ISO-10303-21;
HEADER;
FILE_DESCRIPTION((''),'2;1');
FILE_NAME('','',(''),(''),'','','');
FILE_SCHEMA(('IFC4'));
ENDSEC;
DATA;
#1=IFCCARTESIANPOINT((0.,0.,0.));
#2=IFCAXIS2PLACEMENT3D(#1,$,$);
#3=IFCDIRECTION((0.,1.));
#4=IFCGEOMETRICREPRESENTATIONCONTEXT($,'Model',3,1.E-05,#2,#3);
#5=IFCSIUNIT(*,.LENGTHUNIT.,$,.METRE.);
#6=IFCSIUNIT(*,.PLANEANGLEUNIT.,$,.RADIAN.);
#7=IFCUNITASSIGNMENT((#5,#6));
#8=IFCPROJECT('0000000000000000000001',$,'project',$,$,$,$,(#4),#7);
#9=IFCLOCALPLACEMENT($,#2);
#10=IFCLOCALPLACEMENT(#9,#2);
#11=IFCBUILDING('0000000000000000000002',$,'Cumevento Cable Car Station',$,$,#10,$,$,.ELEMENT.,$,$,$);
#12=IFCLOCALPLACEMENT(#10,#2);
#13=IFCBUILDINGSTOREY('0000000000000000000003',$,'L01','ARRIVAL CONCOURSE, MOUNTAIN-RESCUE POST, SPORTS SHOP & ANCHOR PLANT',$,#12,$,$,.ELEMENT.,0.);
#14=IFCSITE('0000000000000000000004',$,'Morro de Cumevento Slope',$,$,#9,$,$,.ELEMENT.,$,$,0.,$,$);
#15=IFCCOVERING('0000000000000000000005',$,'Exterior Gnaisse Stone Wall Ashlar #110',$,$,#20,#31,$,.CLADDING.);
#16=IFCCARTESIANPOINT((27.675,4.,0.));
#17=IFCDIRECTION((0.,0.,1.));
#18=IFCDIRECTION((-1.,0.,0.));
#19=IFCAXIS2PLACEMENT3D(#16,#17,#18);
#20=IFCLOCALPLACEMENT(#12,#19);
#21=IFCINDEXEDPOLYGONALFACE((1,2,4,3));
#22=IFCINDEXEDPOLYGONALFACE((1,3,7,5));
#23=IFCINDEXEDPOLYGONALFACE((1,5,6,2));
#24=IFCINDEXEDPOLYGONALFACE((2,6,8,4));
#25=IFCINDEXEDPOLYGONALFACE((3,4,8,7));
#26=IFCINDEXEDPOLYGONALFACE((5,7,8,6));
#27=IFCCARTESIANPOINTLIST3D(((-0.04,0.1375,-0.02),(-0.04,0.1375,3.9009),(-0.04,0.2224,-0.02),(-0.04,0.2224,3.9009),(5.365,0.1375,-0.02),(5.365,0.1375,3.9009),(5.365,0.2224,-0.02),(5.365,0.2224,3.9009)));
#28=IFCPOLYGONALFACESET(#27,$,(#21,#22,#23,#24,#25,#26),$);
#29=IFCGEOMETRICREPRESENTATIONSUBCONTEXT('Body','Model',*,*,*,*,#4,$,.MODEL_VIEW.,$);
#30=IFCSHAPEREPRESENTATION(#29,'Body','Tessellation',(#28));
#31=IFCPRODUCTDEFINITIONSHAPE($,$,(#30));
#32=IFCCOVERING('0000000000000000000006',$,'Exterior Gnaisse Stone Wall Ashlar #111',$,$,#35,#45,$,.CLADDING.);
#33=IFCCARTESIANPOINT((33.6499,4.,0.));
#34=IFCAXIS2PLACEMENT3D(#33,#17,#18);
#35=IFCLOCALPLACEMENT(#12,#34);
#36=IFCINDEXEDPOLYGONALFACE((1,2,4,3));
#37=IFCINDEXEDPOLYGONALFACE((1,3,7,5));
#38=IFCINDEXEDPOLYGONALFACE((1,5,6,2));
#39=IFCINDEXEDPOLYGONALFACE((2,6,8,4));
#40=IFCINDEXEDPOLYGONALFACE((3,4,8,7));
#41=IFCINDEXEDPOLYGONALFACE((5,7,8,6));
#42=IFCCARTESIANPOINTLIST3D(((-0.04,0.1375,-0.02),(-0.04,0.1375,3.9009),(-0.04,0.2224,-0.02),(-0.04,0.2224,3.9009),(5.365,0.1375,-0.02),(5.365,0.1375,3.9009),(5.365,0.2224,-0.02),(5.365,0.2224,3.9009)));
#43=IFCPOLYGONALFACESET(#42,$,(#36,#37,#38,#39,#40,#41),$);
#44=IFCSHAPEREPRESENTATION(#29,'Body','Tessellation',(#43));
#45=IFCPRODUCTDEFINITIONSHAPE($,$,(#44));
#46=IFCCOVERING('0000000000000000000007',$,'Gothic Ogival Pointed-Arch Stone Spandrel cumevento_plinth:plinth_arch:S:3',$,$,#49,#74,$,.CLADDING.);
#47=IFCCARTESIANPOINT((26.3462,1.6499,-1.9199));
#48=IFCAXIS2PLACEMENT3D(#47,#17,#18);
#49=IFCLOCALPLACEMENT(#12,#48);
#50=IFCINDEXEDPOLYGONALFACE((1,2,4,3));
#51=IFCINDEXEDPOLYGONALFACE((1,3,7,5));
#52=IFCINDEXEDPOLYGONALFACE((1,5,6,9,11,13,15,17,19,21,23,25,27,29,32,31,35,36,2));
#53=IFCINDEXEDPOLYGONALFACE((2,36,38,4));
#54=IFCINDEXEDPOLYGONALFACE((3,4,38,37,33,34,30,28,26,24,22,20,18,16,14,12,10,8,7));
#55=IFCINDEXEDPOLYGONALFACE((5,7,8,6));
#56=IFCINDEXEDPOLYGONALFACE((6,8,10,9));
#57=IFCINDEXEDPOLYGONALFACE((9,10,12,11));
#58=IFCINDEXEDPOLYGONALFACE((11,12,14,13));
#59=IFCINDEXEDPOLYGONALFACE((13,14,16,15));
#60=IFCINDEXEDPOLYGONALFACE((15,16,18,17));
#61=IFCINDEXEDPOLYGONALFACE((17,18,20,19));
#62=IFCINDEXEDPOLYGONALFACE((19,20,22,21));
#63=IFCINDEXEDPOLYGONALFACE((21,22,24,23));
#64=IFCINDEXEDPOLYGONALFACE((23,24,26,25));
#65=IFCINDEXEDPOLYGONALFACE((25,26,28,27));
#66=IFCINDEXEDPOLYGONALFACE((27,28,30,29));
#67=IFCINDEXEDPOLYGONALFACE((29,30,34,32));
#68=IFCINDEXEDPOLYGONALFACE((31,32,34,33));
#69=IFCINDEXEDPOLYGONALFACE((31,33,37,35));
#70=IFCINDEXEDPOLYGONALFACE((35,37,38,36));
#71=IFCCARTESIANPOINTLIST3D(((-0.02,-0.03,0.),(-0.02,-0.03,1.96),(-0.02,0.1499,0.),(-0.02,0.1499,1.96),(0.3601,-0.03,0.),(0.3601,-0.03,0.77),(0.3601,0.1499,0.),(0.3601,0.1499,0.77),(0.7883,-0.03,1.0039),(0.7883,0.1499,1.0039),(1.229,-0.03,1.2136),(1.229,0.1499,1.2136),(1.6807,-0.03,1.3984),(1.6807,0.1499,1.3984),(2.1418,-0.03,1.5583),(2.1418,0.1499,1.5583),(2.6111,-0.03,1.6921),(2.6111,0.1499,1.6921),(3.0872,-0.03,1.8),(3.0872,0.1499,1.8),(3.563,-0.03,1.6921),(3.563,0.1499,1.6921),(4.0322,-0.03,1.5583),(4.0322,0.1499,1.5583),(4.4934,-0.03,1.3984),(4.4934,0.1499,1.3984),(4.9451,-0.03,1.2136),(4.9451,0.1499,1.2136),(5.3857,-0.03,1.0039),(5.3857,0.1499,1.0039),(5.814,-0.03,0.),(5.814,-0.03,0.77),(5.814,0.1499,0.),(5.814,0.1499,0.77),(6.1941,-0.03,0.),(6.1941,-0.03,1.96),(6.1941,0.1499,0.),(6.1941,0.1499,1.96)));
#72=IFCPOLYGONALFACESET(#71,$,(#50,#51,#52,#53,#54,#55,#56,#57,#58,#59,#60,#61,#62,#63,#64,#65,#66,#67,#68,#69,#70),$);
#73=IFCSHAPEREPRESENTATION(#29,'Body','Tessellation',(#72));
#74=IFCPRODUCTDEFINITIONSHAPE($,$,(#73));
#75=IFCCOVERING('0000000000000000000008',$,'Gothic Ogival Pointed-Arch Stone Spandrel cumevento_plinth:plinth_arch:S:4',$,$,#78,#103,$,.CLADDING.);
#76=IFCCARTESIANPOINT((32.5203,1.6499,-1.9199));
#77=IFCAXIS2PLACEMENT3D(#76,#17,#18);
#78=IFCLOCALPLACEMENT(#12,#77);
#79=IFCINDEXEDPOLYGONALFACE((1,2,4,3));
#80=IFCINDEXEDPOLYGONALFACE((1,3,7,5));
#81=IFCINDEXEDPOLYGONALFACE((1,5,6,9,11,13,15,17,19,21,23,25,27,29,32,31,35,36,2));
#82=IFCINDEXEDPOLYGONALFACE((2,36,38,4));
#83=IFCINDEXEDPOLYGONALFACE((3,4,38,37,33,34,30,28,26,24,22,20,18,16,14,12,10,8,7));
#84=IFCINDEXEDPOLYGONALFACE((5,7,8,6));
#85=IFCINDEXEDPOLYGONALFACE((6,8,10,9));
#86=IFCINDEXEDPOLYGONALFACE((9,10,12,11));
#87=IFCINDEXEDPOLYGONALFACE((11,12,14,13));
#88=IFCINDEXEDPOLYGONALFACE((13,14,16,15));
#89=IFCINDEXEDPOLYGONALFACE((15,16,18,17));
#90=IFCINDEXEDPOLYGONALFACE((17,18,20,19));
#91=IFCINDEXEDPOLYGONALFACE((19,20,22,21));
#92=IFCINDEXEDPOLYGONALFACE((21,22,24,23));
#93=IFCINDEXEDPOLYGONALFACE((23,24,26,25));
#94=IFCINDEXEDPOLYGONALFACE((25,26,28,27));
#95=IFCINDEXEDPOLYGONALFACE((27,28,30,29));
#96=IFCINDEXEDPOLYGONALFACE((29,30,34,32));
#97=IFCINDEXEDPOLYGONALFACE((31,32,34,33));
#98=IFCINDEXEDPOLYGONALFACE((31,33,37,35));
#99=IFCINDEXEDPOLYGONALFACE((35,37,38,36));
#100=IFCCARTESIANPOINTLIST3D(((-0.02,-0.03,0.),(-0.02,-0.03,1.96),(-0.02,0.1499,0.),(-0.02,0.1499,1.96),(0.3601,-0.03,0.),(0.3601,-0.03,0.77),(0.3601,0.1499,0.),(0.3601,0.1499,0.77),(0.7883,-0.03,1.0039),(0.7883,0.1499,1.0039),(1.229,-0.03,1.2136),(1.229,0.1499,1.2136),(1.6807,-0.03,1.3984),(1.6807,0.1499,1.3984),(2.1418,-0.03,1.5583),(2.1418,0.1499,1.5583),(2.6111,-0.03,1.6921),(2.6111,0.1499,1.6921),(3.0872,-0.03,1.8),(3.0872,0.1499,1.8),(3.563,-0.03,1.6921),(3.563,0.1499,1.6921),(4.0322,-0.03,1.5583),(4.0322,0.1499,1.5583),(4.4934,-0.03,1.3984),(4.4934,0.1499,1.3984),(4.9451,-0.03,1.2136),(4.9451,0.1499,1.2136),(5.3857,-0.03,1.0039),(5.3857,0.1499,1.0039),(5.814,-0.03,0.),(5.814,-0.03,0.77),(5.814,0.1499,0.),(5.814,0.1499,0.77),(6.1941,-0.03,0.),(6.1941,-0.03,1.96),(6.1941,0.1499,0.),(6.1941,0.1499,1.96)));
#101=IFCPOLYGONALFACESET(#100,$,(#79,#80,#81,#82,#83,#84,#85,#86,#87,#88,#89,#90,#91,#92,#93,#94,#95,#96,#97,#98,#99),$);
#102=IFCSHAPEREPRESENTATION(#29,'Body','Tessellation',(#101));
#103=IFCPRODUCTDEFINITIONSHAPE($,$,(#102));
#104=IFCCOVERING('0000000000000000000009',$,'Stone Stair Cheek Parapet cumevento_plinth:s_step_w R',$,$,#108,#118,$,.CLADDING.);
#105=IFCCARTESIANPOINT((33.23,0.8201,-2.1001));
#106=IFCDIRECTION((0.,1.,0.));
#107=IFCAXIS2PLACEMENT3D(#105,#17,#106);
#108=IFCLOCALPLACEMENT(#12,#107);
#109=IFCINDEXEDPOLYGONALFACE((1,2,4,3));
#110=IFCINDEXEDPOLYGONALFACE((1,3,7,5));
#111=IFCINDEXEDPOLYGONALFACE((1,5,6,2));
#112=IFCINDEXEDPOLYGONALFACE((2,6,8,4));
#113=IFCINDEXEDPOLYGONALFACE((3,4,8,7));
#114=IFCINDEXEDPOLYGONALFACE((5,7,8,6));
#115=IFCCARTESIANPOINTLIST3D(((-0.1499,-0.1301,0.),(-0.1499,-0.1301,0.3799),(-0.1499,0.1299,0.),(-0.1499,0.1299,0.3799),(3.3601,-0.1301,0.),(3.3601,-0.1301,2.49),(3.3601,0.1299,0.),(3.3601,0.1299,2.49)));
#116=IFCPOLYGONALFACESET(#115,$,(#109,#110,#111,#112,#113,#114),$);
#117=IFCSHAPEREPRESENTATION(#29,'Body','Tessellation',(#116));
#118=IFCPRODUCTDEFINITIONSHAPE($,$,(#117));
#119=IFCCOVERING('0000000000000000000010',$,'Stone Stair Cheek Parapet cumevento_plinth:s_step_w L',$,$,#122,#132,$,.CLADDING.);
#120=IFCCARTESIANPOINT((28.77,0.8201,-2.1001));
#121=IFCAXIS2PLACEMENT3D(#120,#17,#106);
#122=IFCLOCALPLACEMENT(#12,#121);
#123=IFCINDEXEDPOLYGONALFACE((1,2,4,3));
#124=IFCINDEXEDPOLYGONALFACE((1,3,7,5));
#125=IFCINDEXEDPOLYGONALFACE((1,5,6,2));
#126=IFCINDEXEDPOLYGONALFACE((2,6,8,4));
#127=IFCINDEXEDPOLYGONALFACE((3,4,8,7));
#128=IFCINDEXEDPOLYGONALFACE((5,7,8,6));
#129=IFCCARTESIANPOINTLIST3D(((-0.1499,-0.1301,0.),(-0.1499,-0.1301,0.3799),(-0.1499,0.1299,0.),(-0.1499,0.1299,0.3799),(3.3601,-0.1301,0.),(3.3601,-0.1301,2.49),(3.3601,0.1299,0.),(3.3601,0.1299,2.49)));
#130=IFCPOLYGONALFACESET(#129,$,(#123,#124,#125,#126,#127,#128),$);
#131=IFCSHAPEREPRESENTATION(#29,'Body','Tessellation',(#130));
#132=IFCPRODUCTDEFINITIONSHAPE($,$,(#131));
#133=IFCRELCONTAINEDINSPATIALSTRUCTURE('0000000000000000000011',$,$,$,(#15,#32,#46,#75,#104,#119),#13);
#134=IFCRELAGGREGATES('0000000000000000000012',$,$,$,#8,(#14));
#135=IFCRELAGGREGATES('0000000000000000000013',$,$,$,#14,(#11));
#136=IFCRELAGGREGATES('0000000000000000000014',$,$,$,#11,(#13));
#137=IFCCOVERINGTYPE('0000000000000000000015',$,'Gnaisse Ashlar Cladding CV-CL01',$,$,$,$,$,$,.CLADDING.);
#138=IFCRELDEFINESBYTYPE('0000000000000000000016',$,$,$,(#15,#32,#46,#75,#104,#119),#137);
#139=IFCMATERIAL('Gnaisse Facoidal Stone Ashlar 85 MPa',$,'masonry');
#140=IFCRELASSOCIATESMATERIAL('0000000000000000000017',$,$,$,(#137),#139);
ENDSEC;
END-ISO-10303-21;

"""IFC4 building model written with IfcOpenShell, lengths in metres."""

from ifc_helpers import new_model, si_unit, direction, frame, origin, place, context, subcontext, project, spatial, polyline, outline, extrude, material, type_object, element, save


model = new_model("IFC4")

# Units and contexts
model_context = context("Model", 3, precision=1e-05, world=origin(), true_north=direction((0.0, 1.0)))
body_context = subcontext(model_context, "Body", "Model", "MODEL_VIEW")
ifc_project = project(units=[si_unit("LENGTHUNIT", "METRE"), si_unit("PLANEANGLEUNIT", "RADIAN")], contexts=[model_context])

# Site, building, storey
site_placement = place(None, origin())
site = spatial("IfcSite", under=ifc_project, at=site_placement, Name="Morro de Cumevento Slope", CompositionType="ELEMENT", RefElevation=0.0)
building_placement = place(site_placement, origin())
building = spatial("IfcBuilding", under=site, at=building_placement, Name="Cumevento Cable Car Station", CompositionType="ELEMENT")
storey_placement = place(building_placement, origin())
storey = spatial("IfcBuildingStorey", under=building, at=storey_placement, Name="L01", Description="ARRIVAL CONCOURSE, MOUNTAIN-RESCUE POST, SPORTS SHOP & ANCHOR PLANT", CompositionType="ELEMENT", Elevation=0.0)

# Coverings
ifc_material_1 = material(Name="Gnaisse Facoidal Stone Ashlar 85 MPa", Category="masonry")
covering_type = type_object("IfcCoveringType", Name="Gnaisse Ashlar Cladding CV-CL01", PredefinedType="CLADDING", material=ifc_material_1)
for number, where, z_axis, x_axis, name in (
    (1, (27.675, 4.0, 0.0), (0.0, 0.0, 1.0), (-1.0, 0.0, 0.0), "Exterior Gnaisse Stone Wall Ashlar #110"),
    (2, (33.6499, 4.0, 0.0), (0.0, 0.0, 1.0), (-1.0, 0.0, 0.0), "Exterior Gnaisse Stone Wall Ashlar #111"),
):
    element("IfcCovering", number, at=place(storey_placement, frame(where, z_axis=z_axis, x_axis=x_axis)), inside=storey, type_object=covering_type, Name=name, PredefinedType="CLADDING", context=body_context, shape_type="SweptSolid", body=[
        extrude(outline(polyline([(-0.04, -0.02), (5.365, -0.02), (5.365, 3.9009), (-0.04, 3.9009), (-0.04, -0.02)])), frame((0.0, 0.2224, 0.0), z_axis=(0.0, -1.0, 0.0), x_axis=(1.0, 0.0, 0.0)), (0.0, 0.0, 1.0), 0.085),
    ])
for number, where, z_axis, x_axis, name in (
    (3, (26.3462, 1.6499, -1.9199), (0.0, 0.0, 1.0), (-1.0, 0.0, 0.0), "Gothic Ogival Pointed-Arch Stone Spandrel cumevento_plinth:plinth_arch:S:3"),
    (4, (32.5203, 1.6499, -1.9199), (0.0, 0.0, 1.0), (-1.0, 0.0, 0.0), "Gothic Ogival Pointed-Arch Stone Spandrel cumevento_plinth:plinth_arch:S:4"),
):
    element("IfcCovering", number, at=place(storey_placement, frame(where, z_axis=z_axis, x_axis=x_axis)), inside=storey, type_object=covering_type, Name=name, PredefinedType="CLADDING", context=body_context, shape_type="SweptSolid", body=[
        extrude(outline(polyline([(-0.02, 0.0), (-0.02, 1.96), (6.1941, 1.96), (6.1941, 0.0), (5.814, 0.0), (5.814, 0.77), (5.3857, 1.0039), (4.9451, 1.2136), (4.4934, 1.3984), (4.0322, 1.5583), (3.563, 1.6921), (3.0872, 1.8), (2.6111, 1.6921), (2.1418, 1.5583), (1.6807, 1.3984), (1.229, 1.2136), (0.7883, 1.0039), (0.3601, 0.77), (0.3601, 0.0), (-0.02, 0.0)])), frame((0.0, 0.1499, 0.0), z_axis=(0.0, -1.0, 0.0), x_axis=(1.0, 0.0, 0.0)), (0.0, 0.0, 1.0), 0.1799),
    ])
for number, where, z_axis, x_axis, name in (
    (5, (33.23, 0.8201, -2.1001), (0.0, 0.0, 1.0), (0.0, 1.0, 0.0), "Stone Stair Cheek Parapet cumevento_plinth:s_step_w R"),
    (6, (28.77, 0.8201, -2.1001), (0.0, 0.0, 1.0), (0.0, 1.0, 0.0), "Stone Stair Cheek Parapet cumevento_plinth:s_step_w L"),
):
    element("IfcCovering", number, at=place(storey_placement, frame(where, z_axis=z_axis, x_axis=x_axis)), inside=storey, type_object=covering_type, Name=name, PredefinedType="CLADDING", context=body_context, shape_type="SweptSolid", body=[
        extrude(outline(polyline([(-0.1499, 0.0), (3.3601, 0.0), (3.3601, 2.49), (-0.1499, 0.3799), (-0.1499, 0.0)])), frame((0.0, 0.1299, 0.0), z_axis=(0.0, -1.0, 0.0), x_axis=(1.0, 0.0, 0.0)), (0.0, 0.0, 1.0), 0.26),
    ])

save(model, "model.ifc")
